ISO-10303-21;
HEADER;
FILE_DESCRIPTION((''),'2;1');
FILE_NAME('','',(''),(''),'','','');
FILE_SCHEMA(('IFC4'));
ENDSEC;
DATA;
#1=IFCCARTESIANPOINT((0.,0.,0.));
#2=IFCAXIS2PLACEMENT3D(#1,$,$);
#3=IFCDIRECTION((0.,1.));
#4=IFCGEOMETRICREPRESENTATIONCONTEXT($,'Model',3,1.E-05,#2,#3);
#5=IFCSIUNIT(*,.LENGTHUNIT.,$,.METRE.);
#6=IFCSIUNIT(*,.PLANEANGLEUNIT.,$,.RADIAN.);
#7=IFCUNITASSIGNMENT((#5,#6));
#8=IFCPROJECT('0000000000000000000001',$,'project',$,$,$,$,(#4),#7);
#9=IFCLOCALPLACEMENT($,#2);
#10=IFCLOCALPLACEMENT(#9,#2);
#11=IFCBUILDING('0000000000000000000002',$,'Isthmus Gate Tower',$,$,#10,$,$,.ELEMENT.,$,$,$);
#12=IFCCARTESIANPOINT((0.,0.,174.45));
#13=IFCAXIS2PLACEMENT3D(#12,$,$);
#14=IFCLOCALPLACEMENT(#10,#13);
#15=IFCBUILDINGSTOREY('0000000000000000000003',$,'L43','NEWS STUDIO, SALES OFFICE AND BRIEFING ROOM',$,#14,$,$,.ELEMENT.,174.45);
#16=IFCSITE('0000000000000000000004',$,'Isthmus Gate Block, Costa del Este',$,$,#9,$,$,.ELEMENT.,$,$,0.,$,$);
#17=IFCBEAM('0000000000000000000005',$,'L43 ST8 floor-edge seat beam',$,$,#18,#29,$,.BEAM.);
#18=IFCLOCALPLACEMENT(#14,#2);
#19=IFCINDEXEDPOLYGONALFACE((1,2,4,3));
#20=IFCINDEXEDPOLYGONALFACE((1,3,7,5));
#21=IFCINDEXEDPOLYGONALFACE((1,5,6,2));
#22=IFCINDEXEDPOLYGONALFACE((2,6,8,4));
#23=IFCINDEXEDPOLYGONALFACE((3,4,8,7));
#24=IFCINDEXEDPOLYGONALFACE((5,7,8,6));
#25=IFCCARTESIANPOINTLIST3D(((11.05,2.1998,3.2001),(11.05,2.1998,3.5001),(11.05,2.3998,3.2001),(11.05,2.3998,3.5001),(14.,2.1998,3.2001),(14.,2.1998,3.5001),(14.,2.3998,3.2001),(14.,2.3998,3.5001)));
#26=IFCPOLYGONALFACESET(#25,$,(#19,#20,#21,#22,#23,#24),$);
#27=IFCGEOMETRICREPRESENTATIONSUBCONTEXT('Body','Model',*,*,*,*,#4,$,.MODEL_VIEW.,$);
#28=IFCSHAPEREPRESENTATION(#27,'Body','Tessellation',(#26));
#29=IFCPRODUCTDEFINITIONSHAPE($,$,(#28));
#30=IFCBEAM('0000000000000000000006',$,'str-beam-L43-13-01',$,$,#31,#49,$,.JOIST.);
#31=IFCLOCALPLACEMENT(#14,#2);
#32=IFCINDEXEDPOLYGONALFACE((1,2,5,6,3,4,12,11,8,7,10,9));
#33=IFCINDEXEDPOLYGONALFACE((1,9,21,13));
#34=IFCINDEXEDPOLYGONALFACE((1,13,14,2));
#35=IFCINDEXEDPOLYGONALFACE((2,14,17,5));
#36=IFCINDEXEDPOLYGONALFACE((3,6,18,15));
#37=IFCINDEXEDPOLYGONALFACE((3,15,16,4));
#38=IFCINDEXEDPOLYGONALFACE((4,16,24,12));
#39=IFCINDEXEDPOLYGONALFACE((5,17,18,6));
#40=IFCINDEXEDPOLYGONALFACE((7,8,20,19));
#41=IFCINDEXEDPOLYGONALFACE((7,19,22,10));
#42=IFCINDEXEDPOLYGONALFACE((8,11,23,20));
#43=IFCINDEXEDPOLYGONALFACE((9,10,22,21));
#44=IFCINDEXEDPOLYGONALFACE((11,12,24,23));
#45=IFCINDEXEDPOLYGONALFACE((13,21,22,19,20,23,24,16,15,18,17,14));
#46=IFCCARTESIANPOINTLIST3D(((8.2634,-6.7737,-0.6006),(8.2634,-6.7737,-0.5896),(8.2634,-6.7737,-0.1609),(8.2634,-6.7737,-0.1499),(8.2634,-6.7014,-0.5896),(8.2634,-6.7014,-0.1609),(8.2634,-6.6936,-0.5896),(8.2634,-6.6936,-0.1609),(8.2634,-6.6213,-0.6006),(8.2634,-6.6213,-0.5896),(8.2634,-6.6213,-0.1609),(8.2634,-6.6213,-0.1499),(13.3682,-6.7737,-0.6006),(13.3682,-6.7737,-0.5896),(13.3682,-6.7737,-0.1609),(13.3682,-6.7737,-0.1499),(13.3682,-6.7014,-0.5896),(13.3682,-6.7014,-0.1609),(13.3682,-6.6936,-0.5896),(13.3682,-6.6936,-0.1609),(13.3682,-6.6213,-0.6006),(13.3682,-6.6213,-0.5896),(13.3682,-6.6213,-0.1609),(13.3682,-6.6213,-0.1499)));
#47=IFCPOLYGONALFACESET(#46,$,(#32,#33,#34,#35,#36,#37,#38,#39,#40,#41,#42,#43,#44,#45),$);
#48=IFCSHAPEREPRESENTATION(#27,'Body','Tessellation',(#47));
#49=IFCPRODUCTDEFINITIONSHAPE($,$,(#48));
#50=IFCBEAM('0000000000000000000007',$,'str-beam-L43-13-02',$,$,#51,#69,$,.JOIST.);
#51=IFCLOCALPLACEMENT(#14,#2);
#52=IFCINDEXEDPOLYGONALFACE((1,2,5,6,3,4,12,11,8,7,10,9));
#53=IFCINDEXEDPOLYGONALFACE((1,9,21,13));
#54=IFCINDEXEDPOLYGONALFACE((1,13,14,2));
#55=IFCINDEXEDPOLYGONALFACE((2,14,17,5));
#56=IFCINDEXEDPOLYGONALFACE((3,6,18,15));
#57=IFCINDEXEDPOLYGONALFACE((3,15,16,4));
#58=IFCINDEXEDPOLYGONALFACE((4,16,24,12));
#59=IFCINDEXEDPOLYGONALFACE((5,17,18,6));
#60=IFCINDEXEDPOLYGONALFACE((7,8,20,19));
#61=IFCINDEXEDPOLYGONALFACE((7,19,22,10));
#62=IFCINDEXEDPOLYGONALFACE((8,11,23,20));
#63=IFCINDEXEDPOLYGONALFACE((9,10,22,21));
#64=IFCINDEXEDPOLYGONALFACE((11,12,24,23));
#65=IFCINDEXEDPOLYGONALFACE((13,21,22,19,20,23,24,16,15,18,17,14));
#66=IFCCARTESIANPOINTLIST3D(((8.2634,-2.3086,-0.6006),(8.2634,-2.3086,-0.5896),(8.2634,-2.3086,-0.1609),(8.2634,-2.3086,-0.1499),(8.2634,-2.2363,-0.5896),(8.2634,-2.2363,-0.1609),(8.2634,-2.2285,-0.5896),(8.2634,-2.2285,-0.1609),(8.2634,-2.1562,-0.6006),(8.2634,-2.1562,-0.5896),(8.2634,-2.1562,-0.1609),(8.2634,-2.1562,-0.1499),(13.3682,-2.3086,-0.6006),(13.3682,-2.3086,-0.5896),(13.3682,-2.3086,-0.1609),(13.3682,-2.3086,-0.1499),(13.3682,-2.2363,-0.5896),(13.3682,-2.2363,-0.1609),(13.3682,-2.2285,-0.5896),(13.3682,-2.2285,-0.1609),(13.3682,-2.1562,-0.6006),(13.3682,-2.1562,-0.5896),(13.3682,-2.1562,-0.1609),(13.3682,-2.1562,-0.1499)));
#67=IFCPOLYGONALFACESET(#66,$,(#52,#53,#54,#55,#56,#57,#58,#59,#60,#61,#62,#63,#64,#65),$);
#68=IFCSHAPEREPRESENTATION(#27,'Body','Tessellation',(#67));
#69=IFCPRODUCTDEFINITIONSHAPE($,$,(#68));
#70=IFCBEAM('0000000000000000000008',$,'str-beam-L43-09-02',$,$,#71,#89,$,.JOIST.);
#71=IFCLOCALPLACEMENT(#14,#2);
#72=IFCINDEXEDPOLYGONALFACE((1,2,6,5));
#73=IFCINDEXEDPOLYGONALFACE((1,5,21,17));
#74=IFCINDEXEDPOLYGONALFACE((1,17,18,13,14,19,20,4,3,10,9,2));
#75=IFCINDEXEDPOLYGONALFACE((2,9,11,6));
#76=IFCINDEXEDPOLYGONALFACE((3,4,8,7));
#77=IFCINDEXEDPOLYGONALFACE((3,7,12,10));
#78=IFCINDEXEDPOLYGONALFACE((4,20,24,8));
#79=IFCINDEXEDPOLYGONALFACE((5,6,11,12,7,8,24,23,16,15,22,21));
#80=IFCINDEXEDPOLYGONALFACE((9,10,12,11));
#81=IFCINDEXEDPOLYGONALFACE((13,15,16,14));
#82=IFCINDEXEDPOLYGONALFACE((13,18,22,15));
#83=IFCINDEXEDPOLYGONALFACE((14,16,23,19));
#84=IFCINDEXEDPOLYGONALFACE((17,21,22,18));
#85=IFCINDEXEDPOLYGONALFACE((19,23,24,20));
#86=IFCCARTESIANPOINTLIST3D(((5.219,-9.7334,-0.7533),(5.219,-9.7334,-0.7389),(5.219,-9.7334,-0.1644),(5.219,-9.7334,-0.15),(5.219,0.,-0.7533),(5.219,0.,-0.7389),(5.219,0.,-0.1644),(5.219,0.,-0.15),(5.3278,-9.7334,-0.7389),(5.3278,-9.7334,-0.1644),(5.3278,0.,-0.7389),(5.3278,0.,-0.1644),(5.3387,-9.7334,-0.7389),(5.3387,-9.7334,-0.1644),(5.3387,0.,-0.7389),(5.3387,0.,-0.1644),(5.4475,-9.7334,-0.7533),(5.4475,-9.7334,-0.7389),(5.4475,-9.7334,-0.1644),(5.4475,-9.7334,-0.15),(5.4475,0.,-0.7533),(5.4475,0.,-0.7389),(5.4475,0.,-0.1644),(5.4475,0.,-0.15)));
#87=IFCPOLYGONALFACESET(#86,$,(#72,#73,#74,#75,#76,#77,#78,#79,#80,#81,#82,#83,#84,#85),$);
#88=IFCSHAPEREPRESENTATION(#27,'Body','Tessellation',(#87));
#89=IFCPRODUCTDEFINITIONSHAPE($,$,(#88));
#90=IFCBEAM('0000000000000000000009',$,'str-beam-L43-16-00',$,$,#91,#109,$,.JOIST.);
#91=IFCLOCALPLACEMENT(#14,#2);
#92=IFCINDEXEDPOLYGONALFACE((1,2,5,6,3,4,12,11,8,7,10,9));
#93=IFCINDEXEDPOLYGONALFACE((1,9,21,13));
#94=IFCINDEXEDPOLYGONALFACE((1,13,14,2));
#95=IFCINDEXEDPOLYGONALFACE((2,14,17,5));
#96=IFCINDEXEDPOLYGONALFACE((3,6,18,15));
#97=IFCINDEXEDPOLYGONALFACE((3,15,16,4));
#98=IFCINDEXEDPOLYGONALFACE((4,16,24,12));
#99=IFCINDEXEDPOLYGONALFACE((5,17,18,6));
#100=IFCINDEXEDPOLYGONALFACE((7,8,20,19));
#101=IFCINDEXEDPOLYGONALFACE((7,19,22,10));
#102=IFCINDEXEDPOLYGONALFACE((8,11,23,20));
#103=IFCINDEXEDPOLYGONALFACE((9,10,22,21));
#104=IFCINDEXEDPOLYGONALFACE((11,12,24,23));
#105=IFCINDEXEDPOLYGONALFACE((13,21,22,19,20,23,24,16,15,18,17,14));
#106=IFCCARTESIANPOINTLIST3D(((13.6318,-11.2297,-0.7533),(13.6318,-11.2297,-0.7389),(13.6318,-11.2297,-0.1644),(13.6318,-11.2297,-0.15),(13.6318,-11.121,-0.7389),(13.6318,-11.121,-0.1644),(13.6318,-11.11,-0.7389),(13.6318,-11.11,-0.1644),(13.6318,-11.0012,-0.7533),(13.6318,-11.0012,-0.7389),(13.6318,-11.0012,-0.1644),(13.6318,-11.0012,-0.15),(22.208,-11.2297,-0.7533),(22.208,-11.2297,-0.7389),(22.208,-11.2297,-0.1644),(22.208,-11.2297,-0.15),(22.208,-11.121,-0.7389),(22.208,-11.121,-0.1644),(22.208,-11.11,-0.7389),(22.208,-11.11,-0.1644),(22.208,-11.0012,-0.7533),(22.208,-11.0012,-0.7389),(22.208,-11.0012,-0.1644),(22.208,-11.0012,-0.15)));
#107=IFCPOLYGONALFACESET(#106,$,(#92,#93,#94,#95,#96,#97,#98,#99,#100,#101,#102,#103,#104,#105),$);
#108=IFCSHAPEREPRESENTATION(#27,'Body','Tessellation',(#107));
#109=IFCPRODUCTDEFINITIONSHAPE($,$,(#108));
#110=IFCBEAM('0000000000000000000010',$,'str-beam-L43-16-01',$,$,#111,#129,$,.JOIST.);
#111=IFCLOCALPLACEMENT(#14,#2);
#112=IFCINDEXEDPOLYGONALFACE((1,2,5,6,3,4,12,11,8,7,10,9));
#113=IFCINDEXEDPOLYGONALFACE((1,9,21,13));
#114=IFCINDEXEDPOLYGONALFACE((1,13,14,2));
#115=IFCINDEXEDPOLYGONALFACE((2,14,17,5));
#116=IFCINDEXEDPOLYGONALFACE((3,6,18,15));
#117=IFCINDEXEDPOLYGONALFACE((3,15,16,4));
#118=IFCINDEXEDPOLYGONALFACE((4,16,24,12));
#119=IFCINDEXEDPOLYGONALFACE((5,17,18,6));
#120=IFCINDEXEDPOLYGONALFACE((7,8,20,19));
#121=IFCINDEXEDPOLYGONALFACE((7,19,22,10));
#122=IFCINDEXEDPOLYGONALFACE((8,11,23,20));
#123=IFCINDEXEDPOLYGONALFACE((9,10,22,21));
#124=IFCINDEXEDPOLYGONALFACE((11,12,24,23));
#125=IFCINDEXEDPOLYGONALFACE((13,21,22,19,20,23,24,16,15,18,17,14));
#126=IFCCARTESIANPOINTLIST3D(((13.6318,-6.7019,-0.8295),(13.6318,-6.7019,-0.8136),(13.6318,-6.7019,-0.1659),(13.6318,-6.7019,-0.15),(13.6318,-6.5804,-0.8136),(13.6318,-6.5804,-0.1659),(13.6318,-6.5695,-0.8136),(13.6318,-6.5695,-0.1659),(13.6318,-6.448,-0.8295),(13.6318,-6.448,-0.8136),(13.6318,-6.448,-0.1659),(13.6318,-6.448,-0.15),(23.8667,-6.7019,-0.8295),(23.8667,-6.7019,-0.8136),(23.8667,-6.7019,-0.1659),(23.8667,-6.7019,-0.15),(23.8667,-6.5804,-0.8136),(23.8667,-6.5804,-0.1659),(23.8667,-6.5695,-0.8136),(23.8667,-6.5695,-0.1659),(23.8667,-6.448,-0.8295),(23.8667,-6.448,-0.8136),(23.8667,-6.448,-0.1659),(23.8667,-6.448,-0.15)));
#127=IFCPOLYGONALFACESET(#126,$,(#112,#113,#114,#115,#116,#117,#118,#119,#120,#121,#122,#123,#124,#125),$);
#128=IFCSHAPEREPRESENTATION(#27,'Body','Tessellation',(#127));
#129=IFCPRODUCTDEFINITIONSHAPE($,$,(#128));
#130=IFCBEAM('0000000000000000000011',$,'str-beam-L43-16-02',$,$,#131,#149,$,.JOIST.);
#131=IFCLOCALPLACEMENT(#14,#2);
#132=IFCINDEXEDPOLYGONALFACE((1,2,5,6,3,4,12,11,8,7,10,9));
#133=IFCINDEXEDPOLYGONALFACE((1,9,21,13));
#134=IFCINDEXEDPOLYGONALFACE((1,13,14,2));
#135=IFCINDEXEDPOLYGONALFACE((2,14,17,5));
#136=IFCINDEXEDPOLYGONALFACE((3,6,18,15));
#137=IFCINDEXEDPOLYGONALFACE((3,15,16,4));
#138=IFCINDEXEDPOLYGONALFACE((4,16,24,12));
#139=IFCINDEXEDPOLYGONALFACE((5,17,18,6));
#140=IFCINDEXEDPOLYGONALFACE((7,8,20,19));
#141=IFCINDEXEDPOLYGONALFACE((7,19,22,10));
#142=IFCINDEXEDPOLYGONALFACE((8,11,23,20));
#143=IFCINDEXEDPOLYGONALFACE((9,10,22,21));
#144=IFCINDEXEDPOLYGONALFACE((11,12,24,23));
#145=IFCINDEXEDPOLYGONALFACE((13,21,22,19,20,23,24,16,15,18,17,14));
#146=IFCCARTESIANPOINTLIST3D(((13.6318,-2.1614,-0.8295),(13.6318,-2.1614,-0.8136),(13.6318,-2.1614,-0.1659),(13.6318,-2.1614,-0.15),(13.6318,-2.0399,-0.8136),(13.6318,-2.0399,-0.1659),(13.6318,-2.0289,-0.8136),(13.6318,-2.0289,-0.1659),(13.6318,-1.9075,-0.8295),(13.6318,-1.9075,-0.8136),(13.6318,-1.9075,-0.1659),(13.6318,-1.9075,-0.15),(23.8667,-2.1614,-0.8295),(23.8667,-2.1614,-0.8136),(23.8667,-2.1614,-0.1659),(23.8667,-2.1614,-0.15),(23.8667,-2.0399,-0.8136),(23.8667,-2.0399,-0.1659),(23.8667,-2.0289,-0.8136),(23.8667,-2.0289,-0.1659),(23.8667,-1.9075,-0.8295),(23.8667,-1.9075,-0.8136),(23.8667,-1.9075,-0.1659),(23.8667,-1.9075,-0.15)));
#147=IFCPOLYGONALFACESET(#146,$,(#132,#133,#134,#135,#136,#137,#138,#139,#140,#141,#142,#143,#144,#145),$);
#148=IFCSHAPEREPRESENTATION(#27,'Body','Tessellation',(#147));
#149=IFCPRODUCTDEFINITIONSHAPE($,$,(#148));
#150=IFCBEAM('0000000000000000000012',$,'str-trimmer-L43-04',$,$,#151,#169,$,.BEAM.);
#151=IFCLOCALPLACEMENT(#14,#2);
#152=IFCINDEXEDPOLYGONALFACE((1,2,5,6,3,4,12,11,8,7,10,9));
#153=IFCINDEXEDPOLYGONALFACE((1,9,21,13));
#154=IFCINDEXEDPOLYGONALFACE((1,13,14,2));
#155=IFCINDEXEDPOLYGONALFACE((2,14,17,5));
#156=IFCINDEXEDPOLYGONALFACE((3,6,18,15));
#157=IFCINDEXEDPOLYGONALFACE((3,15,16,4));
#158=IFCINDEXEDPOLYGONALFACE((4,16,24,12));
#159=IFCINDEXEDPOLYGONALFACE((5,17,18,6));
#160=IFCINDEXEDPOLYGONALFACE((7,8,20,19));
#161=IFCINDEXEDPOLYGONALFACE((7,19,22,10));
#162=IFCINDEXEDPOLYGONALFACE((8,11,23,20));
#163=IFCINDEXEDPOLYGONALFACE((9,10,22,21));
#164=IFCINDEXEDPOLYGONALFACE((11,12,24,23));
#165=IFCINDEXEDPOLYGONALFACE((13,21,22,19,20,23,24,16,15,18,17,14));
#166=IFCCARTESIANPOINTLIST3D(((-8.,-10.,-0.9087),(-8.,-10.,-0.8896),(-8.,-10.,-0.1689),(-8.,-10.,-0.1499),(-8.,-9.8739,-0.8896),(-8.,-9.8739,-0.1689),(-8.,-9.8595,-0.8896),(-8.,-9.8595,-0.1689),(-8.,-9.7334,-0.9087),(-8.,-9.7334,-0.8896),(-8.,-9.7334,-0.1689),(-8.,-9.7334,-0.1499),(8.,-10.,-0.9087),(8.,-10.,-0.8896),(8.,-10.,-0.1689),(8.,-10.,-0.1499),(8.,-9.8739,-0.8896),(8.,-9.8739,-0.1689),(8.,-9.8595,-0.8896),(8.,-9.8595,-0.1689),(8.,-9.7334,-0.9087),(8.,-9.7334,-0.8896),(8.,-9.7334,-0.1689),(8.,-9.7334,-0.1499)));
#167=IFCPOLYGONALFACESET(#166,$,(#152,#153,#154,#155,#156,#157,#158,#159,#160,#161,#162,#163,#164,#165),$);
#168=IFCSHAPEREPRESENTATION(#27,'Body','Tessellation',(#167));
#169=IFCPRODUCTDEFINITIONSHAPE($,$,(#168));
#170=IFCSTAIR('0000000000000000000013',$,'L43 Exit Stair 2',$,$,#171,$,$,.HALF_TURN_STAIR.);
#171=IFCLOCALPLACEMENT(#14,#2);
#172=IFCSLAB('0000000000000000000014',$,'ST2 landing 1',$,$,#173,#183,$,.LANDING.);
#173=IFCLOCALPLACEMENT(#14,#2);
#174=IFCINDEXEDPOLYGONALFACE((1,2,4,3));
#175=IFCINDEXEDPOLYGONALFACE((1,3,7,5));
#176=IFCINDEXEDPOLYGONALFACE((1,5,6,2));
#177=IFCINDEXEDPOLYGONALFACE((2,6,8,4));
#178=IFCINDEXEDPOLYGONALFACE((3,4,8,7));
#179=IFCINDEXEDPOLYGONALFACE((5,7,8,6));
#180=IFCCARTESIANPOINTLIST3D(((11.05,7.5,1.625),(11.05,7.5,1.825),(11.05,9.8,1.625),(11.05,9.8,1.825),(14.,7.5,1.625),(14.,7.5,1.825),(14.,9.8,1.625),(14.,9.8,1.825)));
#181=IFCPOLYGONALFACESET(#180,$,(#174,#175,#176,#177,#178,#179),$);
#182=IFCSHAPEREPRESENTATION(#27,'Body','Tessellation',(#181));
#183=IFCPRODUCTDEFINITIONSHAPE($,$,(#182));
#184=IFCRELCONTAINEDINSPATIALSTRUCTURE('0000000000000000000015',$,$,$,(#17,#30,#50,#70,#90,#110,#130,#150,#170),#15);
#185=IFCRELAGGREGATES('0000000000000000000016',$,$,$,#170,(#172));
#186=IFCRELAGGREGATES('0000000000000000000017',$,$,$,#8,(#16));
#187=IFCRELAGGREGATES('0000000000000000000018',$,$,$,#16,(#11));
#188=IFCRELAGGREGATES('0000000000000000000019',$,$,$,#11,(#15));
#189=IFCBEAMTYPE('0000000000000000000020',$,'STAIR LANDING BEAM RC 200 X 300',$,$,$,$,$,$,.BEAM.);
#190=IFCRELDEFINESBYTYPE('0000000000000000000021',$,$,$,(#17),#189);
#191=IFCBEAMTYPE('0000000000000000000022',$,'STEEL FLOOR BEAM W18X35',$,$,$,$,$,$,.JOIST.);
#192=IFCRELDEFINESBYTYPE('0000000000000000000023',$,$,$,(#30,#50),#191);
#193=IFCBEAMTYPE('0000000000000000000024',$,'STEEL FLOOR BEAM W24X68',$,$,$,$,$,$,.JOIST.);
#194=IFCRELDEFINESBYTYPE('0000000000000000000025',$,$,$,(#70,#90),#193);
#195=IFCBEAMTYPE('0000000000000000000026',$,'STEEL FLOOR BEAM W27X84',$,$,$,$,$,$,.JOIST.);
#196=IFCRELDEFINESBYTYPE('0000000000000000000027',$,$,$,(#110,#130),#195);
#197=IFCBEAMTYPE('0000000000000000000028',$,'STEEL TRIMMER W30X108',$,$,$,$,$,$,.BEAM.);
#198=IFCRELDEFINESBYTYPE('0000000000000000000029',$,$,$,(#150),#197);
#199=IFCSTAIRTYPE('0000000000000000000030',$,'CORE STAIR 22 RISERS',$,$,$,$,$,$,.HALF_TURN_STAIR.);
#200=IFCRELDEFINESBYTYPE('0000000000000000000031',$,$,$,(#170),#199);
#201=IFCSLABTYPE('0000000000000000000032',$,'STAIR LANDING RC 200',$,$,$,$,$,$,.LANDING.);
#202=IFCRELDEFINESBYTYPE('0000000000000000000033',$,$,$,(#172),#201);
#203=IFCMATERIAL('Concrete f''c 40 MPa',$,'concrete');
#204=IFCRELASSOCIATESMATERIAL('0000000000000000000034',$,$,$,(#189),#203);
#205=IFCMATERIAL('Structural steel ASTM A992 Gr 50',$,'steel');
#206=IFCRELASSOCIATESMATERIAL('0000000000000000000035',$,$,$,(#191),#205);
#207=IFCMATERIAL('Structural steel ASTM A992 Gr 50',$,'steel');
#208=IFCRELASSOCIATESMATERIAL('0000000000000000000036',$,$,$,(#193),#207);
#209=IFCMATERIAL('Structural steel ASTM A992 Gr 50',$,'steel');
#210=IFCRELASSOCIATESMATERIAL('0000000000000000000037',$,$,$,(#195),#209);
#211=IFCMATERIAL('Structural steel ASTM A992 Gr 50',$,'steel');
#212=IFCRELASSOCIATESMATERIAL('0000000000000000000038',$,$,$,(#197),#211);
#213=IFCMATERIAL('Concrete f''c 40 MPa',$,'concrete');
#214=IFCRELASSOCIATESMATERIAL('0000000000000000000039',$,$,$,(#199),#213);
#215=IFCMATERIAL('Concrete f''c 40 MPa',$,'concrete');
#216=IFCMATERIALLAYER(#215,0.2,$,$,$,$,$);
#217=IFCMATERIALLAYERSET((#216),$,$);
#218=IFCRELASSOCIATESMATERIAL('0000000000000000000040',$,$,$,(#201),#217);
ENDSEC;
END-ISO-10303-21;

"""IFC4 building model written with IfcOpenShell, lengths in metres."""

from ifc_helpers import new_model, si_unit, direction, frame, origin, origin_2d, place, context, subcontext, project, spatial, polyline, rectangle, i_section, outline, extrude, material, layer, layer_set, material_profile, profile_set, type_object, element, aggregate, save


model = new_model("IFC4")

# Units and contexts
model_context = context("Model", 3, precision=1e-05, world=origin(), true_north=direction((0.0, 1.0)))
body_context = subcontext(model_context, "Body", "Model", "MODEL_VIEW")
ifc_project = project(units=[si_unit("LENGTHUNIT", "METRE"), si_unit("PLANEANGLEUNIT", "RADIAN")], contexts=[model_context])

# Site, building, storey
site_placement = place(None, origin())
site = spatial("IfcSite", under=ifc_project, at=site_placement, Name="Isthmus Gate Block, Costa del Este", CompositionType="ELEMENT", RefElevation=0.0)
building_placement = place(site_placement, origin())
building = spatial("IfcBuilding", under=site, at=building_placement, Name="Isthmus Gate Tower", CompositionType="ELEMENT")
storey_placement = place(building_placement, frame((0.0, 0.0, 174.45)))
storey = spatial("IfcBuildingStorey", under=building, at=storey_placement, Name="L43", Description="NEWS STUDIO, SALES OFFICE AND BRIEFING ROOM", CompositionType="ELEMENT", Elevation=174.45)

# Beams
ifc_material_1 = material(Name="Concrete f'c 40 MPa", Category="concrete")
ifc_material_profile_1 = material_profile(ifc_material_1, rectangle(XDim=0.2, YDim=0.3, at=origin_2d()), Name="STAIR LANDING BEAM RC 200 X 300")
ifc_profile_set_1 = profile_set([ifc_material_profile_1], Name="Concrete f'c 40 MPa")
beam_type_1 = type_object("IfcBeamType", Name="STAIR LANDING BEAM RC 200 X 300", PredefinedType="BEAM", material=ifc_profile_set_1)
beam_1_placement = place(storey_placement, frame((11.05, 2.2998, 3.3501), z_axis=(1.0, 0.0, 0.0), x_axis=(0.0, 1.0, 0.0)))
element("IfcBeam", 1, at=beam_1_placement, inside=storey, type_object=beam_type_1, Name="L43 ST8 floor-edge seat beam", PredefinedType="BEAM", context=body_context, shape_type="SweptSolid", body=[
    extrude(rectangle(XDim=0.2, YDim=0.3, at=origin_2d()), origin(), (0.0, 0.0, 1.0), 2.95),
])
ifc_material_2 = material(Name="Structural steel ASTM A992 Gr 50", Category="steel")
ifc_material_profile_2 = material_profile(ifc_material_2, i_section(OverallWidth=0.1523, OverallDepth=0.4507, WebThickness=0.0078, FlangeThickness=0.011, at=origin_2d()), Name="W18X35")
ifc_profile_set_2 = profile_set([ifc_material_profile_2], Name="Structural steel ASTM A992 Gr 50")
beam_type_2 = type_object("IfcBeamType", Name="STEEL FLOOR BEAM W18X35", PredefinedType="JOIST", material=ifc_profile_set_2)
for number, where, z_axis, x_axis, name in (
    (2, (8.2634, -6.6975, -0.3752), (1.0, 0.0, 0.0), (0.0, 1.0, 0.0), "str-beam-L43-13-01"),
    (3, (8.2634, -2.2324, -0.3752), (1.0, 0.0, 0.0), (0.0, 1.0, 0.0), "str-beam-L43-13-02"),
):
    element("IfcBeam", number, at=place(storey_placement, frame(where, z_axis=z_axis, x_axis=x_axis)), inside=storey, type_object=beam_type_2, Name=name, PredefinedType="JOIST", context=body_context, shape_type="SweptSolid", body=[
        extrude(i_section(OverallWidth=0.1523, OverallDepth=0.4507, WebThickness=0.0078, FlangeThickness=0.011, at=origin_2d()), origin(), (0.0, 0.0, 1.0), 5.1047),
    ])
ifc_material_3 = material(Name="Structural steel ASTM A992 Gr 50", Category="steel")
ifc_material_profile_3 = material_profile(ifc_material_3, i_section(OverallWidth=0.2285, OverallDepth=0.6033, WebThickness=0.011, FlangeThickness=0.0144, at=origin_2d()), Name="W24X68")
ifc_profile_set_3 = profile_set([ifc_material_profile_3], Name="Structural steel ASTM A992 Gr 50")
beam_type_3 = type_object("IfcBeamType", Name="STEEL FLOOR BEAM W24X68", PredefinedType="JOIST", material=ifc_profile_set_3)
beam_2_placement = place(storey_placement, frame((5.3333, -9.7334, -0.4517), z_axis=(0.0, 1.0, 0.0), x_axis=(-1.0, 0.0, 0.0)))
element("IfcBeam", 4, at=beam_2_placement, inside=storey, type_object=beam_type_3, Name="str-beam-L43-09-02", PredefinedType="JOIST", context=body_context, shape_type="SweptSolid", body=[
    extrude(i_section(OverallWidth=0.2285, OverallDepth=0.6033, WebThickness=0.011, FlangeThickness=0.0144, at=origin_2d()), origin(), (0.0, 0.0, 1.0), 9.7334),
])
beam_3_placement = place(storey_placement, frame((13.6318, -11.1155, -0.4517), z_axis=(1.0, 0.0, 0.0), x_axis=(0.0, 1.0, 0.0)))
element("IfcBeam", 5, at=beam_3_placement, inside=storey, type_object=beam_type_3, Name="str-beam-L43-16-00", PredefinedType="JOIST", context=body_context, shape_type="SweptSolid", body=[
    extrude(i_section(OverallWidth=0.2285, OverallDepth=0.6033, WebThickness=0.011, FlangeThickness=0.0144, at=origin_2d()), origin(), (0.0, 0.0, 1.0), 8.5762),
])
ifc_material_4 = material(Name="Structural steel ASTM A992 Gr 50", Category="steel")
ifc_material_profile_4 = material_profile(ifc_material_4, i_section(OverallWidth=0.2539, OverallDepth=0.6794, WebThickness=0.011, FlangeThickness=0.0159, at=origin_2d()), Name="W27X84")
ifc_profile_set_4 = profile_set([ifc_material_profile_4], Name="Structural steel ASTM A992 Gr 50")
beam_type_4 = type_object("IfcBeamType", Name="STEEL FLOOR BEAM W27X84", PredefinedType="JOIST", material=ifc_profile_set_4)
for number, where, z_axis, x_axis, name in (
    (6, (13.6318, -6.575, -0.4897), (1.0, 0.0, 0.0), (0.0, 1.0, 0.0), "str-beam-L43-16-01"),
    (7, (13.6318, -2.0344, -0.4897), (1.0, 0.0, 0.0), (0.0, 1.0, 0.0), "str-beam-L43-16-02"),
):
    element("IfcBeam", number, at=place(storey_placement, frame(where, z_axis=z_axis, x_axis=x_axis)), inside=storey, type_object=beam_type_4, Name=name, PredefinedType="JOIST", context=body_context, shape_type="SweptSolid", body=[
        extrude(i_section(OverallWidth=0.2539, OverallDepth=0.6794, WebThickness=0.011, FlangeThickness=0.0159, at=origin_2d()), origin(), (0.0, 0.0, 1.0), 10.2349),
    ])
ifc_material_5 = material(Name="Structural steel ASTM A992 Gr 50", Category="steel")
ifc_material_profile_5 = material_profile(ifc_material_5, i_section(OverallWidth=0.2666, OverallDepth=0.7588, WebThickness=0.0144, FlangeThickness=0.019, at=origin_2d()), Name="W30X108")
ifc_profile_set_5 = profile_set([ifc_material_profile_5], Name="Structural steel ASTM A992 Gr 50")
beam_type_5 = type_object("IfcBeamType", Name="STEEL TRIMMER W30X108", PredefinedType="BEAM", material=ifc_profile_set_5)
beam_4_placement = place(storey_placement, frame((8.0, -9.8667, -0.5293), z_axis=(-1.0, 0.0, 0.0), x_axis=(0.0, -1.0, 0.0)))
element("IfcBeam", 8, at=beam_4_placement, inside=storey, type_object=beam_type_5, Name="str-trimmer-L43-04", PredefinedType="BEAM", context=body_context, shape_type="SweptSolid", body=[
    extrude(i_section(OverallWidth=0.2666, OverallDepth=0.7588, WebThickness=0.0144, FlangeThickness=0.019, at=origin_2d()), origin(), (0.0, 0.0, 1.0), 16.0),
])

# Stair, slab
ifc_material_6 = material(Name="Concrete f'c 40 MPa", Category="concrete")
stair_type = type_object("IfcStairType", Name="CORE STAIR 22 RISERS", PredefinedType="HALF_TURN_STAIR", material=ifc_material_6)
stair_1_placement = place(storey_placement, origin())
stair_1 = element("IfcStair", 9, at=stair_1_placement, inside=storey, type_object=stair_type, Name="L43 Exit Stair 2", PredefinedType="HALF_TURN_STAIR")
ifc_material_7 = material(Name="Concrete f'c 40 MPa", Category="concrete")
ifc_layer_1 = layer(ifc_material_7, 0.2)
ifc_layer_set_1 = layer_set([ifc_layer_1])
slab_type = type_object("IfcSlabType", Name="STAIR LANDING RC 200", PredefinedType="LANDING", material=ifc_layer_set_1)
slab_1_placement = place(storey_placement, frame((0.0, 0.0, 1.625)))
slab_1 = element("IfcSlab", 10, at=slab_1_placement, type_object=slab_type, Name="ST2 landing 1", PredefinedType="LANDING", context=body_context, shape_type="SweptSolid", body=[
    extrude(outline(polyline([(11.05, 9.8), (11.05, 7.5), (14.0, 7.5), (14.0, 9.8), (11.05, 9.8)])), origin(), (0.0, 0.0, 1.0), 0.2),
])
aggregate(stair_1, [slab_1])

save(model, "model.ifc")
